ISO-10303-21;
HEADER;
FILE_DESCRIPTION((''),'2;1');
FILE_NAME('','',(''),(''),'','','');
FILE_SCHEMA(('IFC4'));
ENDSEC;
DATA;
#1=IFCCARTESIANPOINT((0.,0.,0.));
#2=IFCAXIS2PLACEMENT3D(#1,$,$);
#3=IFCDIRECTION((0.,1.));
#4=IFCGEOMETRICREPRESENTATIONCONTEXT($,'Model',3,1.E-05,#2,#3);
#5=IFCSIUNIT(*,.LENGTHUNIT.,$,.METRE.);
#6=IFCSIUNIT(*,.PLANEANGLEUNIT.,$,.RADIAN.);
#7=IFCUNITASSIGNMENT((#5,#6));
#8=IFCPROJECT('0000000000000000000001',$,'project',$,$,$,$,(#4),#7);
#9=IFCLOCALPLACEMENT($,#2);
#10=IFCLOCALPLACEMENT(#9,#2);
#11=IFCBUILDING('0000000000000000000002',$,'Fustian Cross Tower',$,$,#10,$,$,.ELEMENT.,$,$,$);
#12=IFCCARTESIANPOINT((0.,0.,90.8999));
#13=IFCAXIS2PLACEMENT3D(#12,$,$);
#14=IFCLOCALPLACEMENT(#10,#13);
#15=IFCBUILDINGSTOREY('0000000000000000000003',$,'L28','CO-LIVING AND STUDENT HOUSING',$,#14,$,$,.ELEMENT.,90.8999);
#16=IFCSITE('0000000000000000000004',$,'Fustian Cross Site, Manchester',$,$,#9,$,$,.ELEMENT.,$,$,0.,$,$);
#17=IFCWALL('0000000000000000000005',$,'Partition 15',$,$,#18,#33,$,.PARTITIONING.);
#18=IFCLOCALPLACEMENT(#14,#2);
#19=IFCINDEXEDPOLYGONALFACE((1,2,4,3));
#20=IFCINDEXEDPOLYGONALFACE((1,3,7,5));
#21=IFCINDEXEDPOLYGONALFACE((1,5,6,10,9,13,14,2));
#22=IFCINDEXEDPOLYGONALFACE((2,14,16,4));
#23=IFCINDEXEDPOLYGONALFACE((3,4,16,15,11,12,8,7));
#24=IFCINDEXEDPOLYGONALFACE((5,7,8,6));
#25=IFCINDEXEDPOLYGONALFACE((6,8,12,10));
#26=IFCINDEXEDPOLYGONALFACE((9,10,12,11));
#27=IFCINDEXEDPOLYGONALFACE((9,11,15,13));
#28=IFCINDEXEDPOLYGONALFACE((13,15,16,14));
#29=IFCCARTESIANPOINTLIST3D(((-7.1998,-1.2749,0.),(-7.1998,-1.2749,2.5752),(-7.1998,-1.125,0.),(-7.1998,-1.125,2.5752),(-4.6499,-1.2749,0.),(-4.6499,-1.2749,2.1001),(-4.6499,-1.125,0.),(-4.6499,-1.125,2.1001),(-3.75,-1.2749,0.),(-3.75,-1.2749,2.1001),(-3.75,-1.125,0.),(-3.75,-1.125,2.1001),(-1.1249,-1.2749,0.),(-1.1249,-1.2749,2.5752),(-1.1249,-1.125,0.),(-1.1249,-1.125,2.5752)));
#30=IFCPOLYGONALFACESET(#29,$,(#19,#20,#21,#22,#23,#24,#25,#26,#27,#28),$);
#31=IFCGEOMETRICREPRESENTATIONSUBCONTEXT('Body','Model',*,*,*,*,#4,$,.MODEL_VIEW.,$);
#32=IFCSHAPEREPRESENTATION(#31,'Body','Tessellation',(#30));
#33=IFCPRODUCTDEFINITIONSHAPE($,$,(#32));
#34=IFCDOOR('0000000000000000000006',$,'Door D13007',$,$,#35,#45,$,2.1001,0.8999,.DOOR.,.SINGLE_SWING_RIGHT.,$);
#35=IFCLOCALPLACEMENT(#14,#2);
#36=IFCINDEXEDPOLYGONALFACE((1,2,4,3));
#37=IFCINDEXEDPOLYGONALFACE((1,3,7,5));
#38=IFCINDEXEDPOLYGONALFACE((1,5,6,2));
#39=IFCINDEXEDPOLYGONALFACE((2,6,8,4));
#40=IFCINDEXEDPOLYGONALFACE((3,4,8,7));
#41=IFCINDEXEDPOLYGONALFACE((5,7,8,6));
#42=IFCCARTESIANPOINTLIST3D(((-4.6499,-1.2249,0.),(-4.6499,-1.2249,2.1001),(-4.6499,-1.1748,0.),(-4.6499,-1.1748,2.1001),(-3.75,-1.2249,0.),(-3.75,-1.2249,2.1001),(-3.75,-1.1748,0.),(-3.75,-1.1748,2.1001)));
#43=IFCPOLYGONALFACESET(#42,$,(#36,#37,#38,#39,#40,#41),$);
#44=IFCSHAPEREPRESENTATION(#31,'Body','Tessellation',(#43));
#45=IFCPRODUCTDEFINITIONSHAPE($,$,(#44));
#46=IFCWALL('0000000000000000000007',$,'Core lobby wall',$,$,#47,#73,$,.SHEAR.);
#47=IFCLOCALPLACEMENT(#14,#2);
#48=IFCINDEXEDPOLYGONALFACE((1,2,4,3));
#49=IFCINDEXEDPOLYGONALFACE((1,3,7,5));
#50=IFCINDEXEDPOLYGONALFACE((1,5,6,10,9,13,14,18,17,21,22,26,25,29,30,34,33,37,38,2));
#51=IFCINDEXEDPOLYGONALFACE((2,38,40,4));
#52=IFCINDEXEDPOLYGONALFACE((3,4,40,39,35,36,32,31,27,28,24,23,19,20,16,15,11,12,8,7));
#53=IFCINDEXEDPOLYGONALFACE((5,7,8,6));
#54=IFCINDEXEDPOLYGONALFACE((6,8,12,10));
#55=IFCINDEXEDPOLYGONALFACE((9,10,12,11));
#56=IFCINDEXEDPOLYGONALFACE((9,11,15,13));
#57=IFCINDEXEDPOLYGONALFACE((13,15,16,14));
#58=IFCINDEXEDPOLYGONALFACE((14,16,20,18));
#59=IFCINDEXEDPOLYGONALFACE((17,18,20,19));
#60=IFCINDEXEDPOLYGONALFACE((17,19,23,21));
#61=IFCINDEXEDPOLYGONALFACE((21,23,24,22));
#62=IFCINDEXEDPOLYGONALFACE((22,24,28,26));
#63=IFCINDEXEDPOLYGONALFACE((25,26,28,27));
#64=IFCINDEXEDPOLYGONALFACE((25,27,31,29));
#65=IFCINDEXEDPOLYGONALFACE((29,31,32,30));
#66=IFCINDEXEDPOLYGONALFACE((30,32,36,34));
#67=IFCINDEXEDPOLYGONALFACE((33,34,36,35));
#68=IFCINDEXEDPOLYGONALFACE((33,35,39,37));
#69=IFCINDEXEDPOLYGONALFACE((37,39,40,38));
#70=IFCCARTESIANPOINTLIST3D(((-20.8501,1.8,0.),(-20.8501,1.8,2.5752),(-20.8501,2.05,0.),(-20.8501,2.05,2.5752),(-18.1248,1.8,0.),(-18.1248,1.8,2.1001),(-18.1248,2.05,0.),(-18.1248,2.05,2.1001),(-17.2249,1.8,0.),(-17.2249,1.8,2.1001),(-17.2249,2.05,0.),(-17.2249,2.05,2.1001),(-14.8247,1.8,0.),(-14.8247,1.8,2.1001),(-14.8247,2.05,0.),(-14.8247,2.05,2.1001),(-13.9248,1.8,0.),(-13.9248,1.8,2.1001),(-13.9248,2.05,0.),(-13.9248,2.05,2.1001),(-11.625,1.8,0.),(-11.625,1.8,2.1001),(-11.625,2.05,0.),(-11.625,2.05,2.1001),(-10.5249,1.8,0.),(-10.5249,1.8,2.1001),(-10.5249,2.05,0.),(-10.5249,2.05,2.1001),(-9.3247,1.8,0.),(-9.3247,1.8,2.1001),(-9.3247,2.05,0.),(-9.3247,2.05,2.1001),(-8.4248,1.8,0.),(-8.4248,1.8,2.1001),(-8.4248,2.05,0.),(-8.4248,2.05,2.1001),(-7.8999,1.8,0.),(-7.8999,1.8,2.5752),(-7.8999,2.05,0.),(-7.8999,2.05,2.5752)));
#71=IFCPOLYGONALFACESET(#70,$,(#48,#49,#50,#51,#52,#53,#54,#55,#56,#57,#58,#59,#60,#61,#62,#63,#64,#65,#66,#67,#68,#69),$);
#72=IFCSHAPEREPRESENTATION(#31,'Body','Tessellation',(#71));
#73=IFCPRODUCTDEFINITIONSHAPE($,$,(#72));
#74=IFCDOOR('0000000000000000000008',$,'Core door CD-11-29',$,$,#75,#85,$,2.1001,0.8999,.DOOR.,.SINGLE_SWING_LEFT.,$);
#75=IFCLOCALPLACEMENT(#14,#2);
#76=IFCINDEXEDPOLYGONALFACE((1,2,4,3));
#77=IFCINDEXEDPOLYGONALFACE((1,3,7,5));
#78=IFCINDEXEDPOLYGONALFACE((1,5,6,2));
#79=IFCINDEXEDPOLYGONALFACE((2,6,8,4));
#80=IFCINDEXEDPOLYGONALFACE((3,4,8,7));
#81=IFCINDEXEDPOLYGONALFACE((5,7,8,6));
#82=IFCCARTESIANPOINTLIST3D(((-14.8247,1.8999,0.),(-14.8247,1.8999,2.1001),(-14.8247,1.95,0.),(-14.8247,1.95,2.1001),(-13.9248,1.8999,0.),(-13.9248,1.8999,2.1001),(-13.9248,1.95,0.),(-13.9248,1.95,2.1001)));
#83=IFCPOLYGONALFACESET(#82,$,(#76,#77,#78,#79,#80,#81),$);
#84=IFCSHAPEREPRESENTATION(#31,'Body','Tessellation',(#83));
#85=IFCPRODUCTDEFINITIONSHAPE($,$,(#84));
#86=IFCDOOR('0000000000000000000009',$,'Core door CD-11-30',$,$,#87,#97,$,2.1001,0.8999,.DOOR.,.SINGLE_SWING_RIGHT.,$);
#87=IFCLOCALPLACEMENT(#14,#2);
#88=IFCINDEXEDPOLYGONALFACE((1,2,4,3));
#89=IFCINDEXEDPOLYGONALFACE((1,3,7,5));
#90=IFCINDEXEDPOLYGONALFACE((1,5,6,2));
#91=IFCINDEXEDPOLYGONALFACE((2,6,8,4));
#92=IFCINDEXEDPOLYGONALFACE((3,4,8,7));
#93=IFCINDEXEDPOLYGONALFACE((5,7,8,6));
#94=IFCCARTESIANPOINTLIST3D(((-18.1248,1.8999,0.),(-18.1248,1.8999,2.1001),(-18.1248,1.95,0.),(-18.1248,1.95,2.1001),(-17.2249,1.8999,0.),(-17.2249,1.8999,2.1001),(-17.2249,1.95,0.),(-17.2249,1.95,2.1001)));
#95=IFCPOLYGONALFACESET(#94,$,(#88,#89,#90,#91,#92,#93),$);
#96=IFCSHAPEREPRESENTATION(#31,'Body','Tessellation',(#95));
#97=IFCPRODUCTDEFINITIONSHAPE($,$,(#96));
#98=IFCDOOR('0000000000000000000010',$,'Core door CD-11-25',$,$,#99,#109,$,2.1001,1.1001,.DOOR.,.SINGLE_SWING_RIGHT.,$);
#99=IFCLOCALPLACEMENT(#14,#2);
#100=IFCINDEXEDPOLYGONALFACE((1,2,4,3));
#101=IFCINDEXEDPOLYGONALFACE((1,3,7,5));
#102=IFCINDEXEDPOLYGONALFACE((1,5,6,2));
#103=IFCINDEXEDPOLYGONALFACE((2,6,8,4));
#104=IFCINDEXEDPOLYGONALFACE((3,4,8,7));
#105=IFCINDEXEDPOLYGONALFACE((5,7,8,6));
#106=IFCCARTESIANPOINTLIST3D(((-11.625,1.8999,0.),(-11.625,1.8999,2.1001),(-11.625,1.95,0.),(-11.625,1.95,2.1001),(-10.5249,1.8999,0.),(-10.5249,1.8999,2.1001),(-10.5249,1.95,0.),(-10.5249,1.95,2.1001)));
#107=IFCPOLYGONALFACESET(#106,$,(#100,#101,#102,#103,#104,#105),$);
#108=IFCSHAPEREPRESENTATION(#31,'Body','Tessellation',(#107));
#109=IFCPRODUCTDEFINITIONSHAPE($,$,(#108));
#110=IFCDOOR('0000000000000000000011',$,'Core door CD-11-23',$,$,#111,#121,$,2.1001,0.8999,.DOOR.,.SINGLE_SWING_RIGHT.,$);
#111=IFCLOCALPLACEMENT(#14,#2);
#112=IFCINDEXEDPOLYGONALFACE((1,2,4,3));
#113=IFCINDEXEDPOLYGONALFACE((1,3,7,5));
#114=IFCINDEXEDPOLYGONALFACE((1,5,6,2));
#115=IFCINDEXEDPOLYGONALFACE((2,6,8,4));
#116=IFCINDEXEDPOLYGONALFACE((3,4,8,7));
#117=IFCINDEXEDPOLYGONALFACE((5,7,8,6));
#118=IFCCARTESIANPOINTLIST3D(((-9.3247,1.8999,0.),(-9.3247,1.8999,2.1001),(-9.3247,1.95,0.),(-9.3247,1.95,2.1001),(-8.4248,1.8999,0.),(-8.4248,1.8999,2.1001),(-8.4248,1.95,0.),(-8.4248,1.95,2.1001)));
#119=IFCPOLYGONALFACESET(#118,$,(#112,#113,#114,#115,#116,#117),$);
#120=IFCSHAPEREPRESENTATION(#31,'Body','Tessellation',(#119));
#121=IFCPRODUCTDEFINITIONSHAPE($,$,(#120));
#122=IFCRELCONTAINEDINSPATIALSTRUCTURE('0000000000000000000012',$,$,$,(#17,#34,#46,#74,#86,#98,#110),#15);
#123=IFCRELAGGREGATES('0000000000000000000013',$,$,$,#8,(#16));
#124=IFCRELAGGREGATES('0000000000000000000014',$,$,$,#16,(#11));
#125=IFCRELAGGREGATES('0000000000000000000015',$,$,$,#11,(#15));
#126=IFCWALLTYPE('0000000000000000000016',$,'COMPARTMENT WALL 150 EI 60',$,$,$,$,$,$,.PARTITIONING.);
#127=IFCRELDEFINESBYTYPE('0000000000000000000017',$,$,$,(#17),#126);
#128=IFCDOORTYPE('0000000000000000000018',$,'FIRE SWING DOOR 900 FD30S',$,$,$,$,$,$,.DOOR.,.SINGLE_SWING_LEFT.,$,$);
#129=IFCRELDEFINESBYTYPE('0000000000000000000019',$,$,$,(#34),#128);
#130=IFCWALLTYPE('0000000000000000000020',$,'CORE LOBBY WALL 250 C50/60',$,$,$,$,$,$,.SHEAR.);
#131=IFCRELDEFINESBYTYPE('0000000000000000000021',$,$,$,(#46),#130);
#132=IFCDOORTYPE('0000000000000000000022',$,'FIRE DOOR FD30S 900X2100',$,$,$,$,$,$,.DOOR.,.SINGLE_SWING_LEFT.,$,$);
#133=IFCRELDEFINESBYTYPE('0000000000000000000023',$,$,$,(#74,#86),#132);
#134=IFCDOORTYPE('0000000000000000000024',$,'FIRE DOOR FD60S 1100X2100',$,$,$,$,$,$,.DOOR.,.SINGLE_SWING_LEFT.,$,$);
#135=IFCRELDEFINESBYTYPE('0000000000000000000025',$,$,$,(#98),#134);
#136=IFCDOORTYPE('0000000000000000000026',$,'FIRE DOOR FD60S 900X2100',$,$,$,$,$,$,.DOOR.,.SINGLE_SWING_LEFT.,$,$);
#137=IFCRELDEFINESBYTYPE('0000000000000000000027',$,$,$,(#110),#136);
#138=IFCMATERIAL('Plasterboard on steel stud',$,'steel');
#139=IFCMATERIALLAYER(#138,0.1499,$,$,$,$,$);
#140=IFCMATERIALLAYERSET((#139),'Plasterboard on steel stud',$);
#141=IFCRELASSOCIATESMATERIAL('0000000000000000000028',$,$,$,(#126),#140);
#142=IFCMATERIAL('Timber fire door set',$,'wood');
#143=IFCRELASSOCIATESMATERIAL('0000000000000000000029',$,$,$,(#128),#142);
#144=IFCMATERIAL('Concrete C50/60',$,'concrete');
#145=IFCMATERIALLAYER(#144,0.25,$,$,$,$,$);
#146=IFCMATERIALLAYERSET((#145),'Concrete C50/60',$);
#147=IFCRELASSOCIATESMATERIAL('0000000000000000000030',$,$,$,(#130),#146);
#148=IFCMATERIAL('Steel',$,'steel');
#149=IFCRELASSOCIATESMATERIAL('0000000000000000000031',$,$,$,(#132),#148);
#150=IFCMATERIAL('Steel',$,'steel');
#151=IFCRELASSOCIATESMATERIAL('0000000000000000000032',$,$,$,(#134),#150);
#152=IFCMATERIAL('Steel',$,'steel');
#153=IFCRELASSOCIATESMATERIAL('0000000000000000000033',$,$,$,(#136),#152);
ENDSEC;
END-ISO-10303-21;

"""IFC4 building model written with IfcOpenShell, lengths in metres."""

from ifc_helpers import new_model, si_unit, direction, frame, frame_2d, origin, place, context, subcontext, project, spatial, rectangle, extrude, material, layer, layer_set, type_object, element, fill, save


model = new_model("IFC4")

# Units and contexts
model_context = context("Model", 3, precision=1e-05, world=origin(), true_north=direction((0.0, 1.0)))
body_context = subcontext(model_context, "Body", "Model", "MODEL_VIEW")
ifc_project = project(units=[si_unit("LENGTHUNIT", "METRE"), si_unit("PLANEANGLEUNIT", "RADIAN")], contexts=[model_context])

# Site, building, storey
site_placement = place(None, origin())
site = spatial("IfcSite", under=ifc_project, at=site_placement, Name="Fustian Cross Site, Manchester", CompositionType="ELEMENT", RefElevation=0.0)
building_placement = place(site_placement, origin())
building = spatial("IfcBuilding", under=site, at=building_placement, Name="Fustian Cross Tower", CompositionType="ELEMENT")
storey_placement = place(building_placement, frame((0.0, 0.0, 90.8999)))
storey = spatial("IfcBuildingStorey", under=building, at=storey_placement, Name="L28", Description="CO-LIVING AND STUDENT HOUSING", CompositionType="ELEMENT", Elevation=90.8999)

# Wall, opening, door
ifc_material_1 = material(Name="Plasterboard on steel stud", Category="steel")
ifc_layer_1 = layer(ifc_material_1, 0.1499)
ifc_layer_set_1 = layer_set([ifc_layer_1], Name="Plasterboard on steel stud")
wall_type_1 = type_object("IfcWallType", Name="COMPARTMENT WALL 150 EI 60", PredefinedType="PARTITIONING", material=ifc_layer_set_1)
wall_1_placement = place(storey_placement, frame((-7.2, -1.2, 0.0), z_axis=(0.0, 0.0, 1.0), x_axis=(1.0, 0.0, 0.0)))
wall_1 = element("IfcWall", 1, at=wall_1_placement, inside=storey, type_object=wall_type_1, Name="Partition 15", PredefinedType="PARTITIONING", context=body_context, shape_type="SweptSolid", body=[
    extrude(rectangle(XDim=6.075, YDim=0.1499, at=frame_2d((3.0376, 0.0))), origin(), (0.0, 0.0, 1.0), 2.5752),
])
opening_1_placement = place(wall_1_placement, frame((2.55, 0.0, 0.0)))
opening_1 = element("IfcOpeningElement", 2, at=opening_1_placement, cuts=wall_1, PredefinedType="OPENING", context=body_context, shape_type="SweptSolid", body=[
    extrude(rectangle(XDim=0.8999, YDim=2.1001, at=frame_2d((0.45, 1.05))), frame((0.0, 0.085, 0.0), z_axis=(0.0, -1.0, 0.0), x_axis=(1.0, 0.0, 0.0)), (0.0, 0.0, 1.0), 0.1699),
])
ifc_material_2 = material(Name="Timber fire door set", Category="wood")
door_type_1 = type_object("IfcDoorType", Name="FIRE SWING DOOR 900 FD30S", OperationType="SINGLE_SWING_LEFT", PredefinedType="DOOR", material=ifc_material_2)
door_1_placement = place(opening_1_placement, frame((0.8999, 0.0, 0.0), z_axis=(0.0, 0.0, 1.0), x_axis=(-1.0, 0.0, 0.0)))
door_1 = element("IfcDoor", 3, at=door_1_placement, inside=storey, type_object=door_type_1, Name="Door D13007", OperationType="SINGLE_SWING_RIGHT", OverallHeight=2.1001, OverallWidth=0.8999, PredefinedType="DOOR", context=body_context, shape_type="SweptSolid", body=[
    extrude(rectangle(XDim=0.8999, YDim=2.1001, at=frame_2d((0.45, 1.05))), frame((0.0, 0.0249, 0.0), z_axis=(0.0, -1.0, 0.0), x_axis=(1.0, 0.0, 0.0)), (0.0, 0.0, 1.0), 0.05),
])
fill(opening_1, door_1)

# Wall, openings, doors
ifc_material_3 = material(Name="Concrete C50/60", Category="concrete")
ifc_layer_2 = layer(ifc_material_3, 0.25)
ifc_layer_set_2 = layer_set([ifc_layer_2], Name="Concrete C50/60")
wall_type_2 = type_object("IfcWallType", Name="CORE LOBBY WALL 250 C50/60", PredefinedType="SHEAR", material=ifc_layer_set_2)
wall_2_placement = place(storey_placement, frame((-7.8999, 1.925, 0.0), z_axis=(0.0, 0.0, 1.0), x_axis=(-1.0, 0.0, 0.0)))
wall_2 = element("IfcWall", 4, at=wall_2_placement, inside=storey, type_object=wall_type_2, Name="Core lobby wall", PredefinedType="SHEAR", context=body_context, shape_type="SweptSolid", body=[
    extrude(rectangle(XDim=12.9502, YDim=0.25, at=frame_2d((6.4751, 0.0))), origin(), (0.0, 0.0, 1.0), 2.5752),
])
opening_2_placement = place(wall_2_placement, frame((0.5249, 0.0, 0.0)))
opening_2 = element("IfcOpeningElement", 5, at=opening_2_placement, cuts=wall_2, PredefinedType="OPENING", context=body_context, shape_type="SweptSolid", body=[
    extrude(rectangle(XDim=0.8999, YDim=2.1001, at=frame_2d((0.45, 1.05))), frame((0.0, 0.135, 0.0), z_axis=(0.0, -1.0, 0.0), x_axis=(1.0, 0.0, 0.0)), (0.0, 0.0, 1.0), 0.27),
])
opening_3_placement = place(wall_2_placement, frame((2.625, 0.0, 0.0)))
opening_3 = element("IfcOpeningElement", 6, at=opening_3_placement, cuts=wall_2, PredefinedType="OPENING", context=body_context, shape_type="SweptSolid", body=[
    extrude(rectangle(XDim=1.1001, YDim=2.1001, at=frame_2d((0.55, 1.05))), frame((0.0, 0.135, 0.0), z_axis=(0.0, -1.0, 0.0), x_axis=(1.0, 0.0, 0.0)), (0.0, 0.0, 1.0), 0.27),
])
opening_4_placement = place(wall_2_placement, frame((6.0249, 0.0, 0.0)))
opening_4 = element("IfcOpeningElement", 7, at=opening_4_placement, cuts=wall_2, PredefinedType="OPENING", context=body_context, shape_type="SweptSolid", body=[
    extrude(rectangle(XDim=0.8999, YDim=2.1001, at=frame_2d((0.45, 1.05))), frame((0.0, 0.135, 0.0), z_axis=(0.0, -1.0, 0.0), x_axis=(1.0, 0.0, 0.0)), (0.0, 0.0, 1.0), 0.27),
])
opening_5_placement = place(wall_2_placement, frame((9.325, 0.0, 0.0)))
opening_5 = element("IfcOpeningElement", 8, at=opening_5_placement, cuts=wall_2, PredefinedType="OPENING", context=body_context, shape_type="SweptSolid", body=[
    extrude(rectangle(XDim=0.8999, YDim=2.1001, at=frame_2d((0.45, 1.05))), frame((0.0, 0.135, 0.0), z_axis=(0.0, -1.0, 0.0), x_axis=(1.0, 0.0, 0.0)), (0.0, 0.0, 1.0), 0.27),
])
ifc_material_4 = material(Name="Steel", Category="steel")
door_type_2 = type_object("IfcDoorType", Name="FIRE DOOR FD30S 900X2100", OperationType="SINGLE_SWING_LEFT", PredefinedType="DOOR", material=ifc_material_4)
door_2_placement = place(opening_4_placement, frame((0.8999, 0.0, 0.0), z_axis=(0.0, 0.0, 1.0), x_axis=(-1.0, 0.0, 0.0)))
door_2 = element("IfcDoor", 9, at=door_2_placement, inside=storey, type_object=door_type_2, Name="Core door CD-11-29", OperationType="SINGLE_SWING_LEFT", OverallHeight=2.1001, OverallWidth=0.8999, PredefinedType="DOOR", context=body_context, shape_type="SweptSolid", body=[
    extrude(rectangle(XDim=0.8999, YDim=2.1001, at=frame_2d((0.45, 1.05))), frame((0.0, 0.0249, 0.0), z_axis=(0.0, -1.0, 0.0), x_axis=(1.0, 0.0, 0.0)), (0.0, 0.0, 1.0), 0.05),
])
fill(opening_4, door_2)
door_3_placement = place(opening_5_placement, frame((0.8999, 0.0, 0.0), z_axis=(0.0, 0.0, 1.0), x_axis=(-1.0, 0.0, 0.0)))
door_3 = element("IfcDoor", 10, at=door_3_placement, inside=storey, type_object=door_type_2, Name="Core door CD-11-30", OperationType="SINGLE_SWING_RIGHT", OverallHeight=2.1001, OverallWidth=0.8999, PredefinedType="DOOR", context=body_context, shape_type="SweptSolid", body=[
    extrude(rectangle(XDim=0.8999, YDim=2.1001, at=frame_2d((0.45, 1.05))), frame((0.0, 0.0249, 0.0), z_axis=(0.0, -1.0, 0.0), x_axis=(1.0, 0.0, 0.0)), (0.0, 0.0, 1.0), 0.05),
])
fill(opening_5, door_3)
ifc_material_5 = material(Name="Steel", Category="steel")
door_type_3 = type_object("IfcDoorType", Name="FIRE DOOR FD60S 1100X2100", OperationType="SINGLE_SWING_LEFT", PredefinedType="DOOR", material=ifc_material_5)
door_4_placement = place(opening_3_placement, frame((1.1001, 0.0, 0.0), z_axis=(0.0, 0.0, 1.0), x_axis=(-1.0, 0.0, 0.0)))
door_4 = element("IfcDoor", 11, at=door_4_placement, inside=storey, type_object=door_type_3, Name="Core door CD-11-25", OperationType="SINGLE_SWING_RIGHT", OverallHeight=2.1001, OverallWidth=1.1001, PredefinedType="DOOR", context=body_context, shape_type="SweptSolid", body=[
    extrude(rectangle(XDim=1.1001, YDim=2.1001, at=frame_2d((0.55, 1.05))), frame((0.0, 0.0249, 0.0), z_axis=(0.0, -1.0, 0.0), x_axis=(1.0, 0.0, 0.0)), (0.0, 0.0, 1.0), 0.05),
])
fill(opening_3, door_4)
ifc_material_6 = material(Name="Steel", Category="steel")
door_type_4 = type_object("IfcDoorType", Name="FIRE DOOR FD60S 900X2100", OperationType="SINGLE_SWING_LEFT", PredefinedType="DOOR", material=ifc_material_6)
door_5_placement = place(opening_2_placement, frame((0.8999, 0.0, 0.0), z_axis=(0.0, 0.0, 1.0), x_axis=(-1.0, 0.0, 0.0)))
door_5 = element("IfcDoor", 12, at=door_5_placement, inside=storey, type_object=door_type_4, Name="Core door CD-11-23", OperationType="SINGLE_SWING_RIGHT", OverallHeight=2.1001, OverallWidth=0.8999, PredefinedType="DOOR", context=body_context, shape_type="SweptSolid", body=[
    extrude(rectangle(XDim=0.8999, YDim=2.1001, at=frame_2d((0.45, 1.05))), frame((0.0, 0.0249, 0.0), z_axis=(0.0, -1.0, 0.0), x_axis=(1.0, 0.0, 0.0)), (0.0, 0.0, 1.0), 0.05),
])
fill(opening_2, door_5)

save(model, "model.ifc")
